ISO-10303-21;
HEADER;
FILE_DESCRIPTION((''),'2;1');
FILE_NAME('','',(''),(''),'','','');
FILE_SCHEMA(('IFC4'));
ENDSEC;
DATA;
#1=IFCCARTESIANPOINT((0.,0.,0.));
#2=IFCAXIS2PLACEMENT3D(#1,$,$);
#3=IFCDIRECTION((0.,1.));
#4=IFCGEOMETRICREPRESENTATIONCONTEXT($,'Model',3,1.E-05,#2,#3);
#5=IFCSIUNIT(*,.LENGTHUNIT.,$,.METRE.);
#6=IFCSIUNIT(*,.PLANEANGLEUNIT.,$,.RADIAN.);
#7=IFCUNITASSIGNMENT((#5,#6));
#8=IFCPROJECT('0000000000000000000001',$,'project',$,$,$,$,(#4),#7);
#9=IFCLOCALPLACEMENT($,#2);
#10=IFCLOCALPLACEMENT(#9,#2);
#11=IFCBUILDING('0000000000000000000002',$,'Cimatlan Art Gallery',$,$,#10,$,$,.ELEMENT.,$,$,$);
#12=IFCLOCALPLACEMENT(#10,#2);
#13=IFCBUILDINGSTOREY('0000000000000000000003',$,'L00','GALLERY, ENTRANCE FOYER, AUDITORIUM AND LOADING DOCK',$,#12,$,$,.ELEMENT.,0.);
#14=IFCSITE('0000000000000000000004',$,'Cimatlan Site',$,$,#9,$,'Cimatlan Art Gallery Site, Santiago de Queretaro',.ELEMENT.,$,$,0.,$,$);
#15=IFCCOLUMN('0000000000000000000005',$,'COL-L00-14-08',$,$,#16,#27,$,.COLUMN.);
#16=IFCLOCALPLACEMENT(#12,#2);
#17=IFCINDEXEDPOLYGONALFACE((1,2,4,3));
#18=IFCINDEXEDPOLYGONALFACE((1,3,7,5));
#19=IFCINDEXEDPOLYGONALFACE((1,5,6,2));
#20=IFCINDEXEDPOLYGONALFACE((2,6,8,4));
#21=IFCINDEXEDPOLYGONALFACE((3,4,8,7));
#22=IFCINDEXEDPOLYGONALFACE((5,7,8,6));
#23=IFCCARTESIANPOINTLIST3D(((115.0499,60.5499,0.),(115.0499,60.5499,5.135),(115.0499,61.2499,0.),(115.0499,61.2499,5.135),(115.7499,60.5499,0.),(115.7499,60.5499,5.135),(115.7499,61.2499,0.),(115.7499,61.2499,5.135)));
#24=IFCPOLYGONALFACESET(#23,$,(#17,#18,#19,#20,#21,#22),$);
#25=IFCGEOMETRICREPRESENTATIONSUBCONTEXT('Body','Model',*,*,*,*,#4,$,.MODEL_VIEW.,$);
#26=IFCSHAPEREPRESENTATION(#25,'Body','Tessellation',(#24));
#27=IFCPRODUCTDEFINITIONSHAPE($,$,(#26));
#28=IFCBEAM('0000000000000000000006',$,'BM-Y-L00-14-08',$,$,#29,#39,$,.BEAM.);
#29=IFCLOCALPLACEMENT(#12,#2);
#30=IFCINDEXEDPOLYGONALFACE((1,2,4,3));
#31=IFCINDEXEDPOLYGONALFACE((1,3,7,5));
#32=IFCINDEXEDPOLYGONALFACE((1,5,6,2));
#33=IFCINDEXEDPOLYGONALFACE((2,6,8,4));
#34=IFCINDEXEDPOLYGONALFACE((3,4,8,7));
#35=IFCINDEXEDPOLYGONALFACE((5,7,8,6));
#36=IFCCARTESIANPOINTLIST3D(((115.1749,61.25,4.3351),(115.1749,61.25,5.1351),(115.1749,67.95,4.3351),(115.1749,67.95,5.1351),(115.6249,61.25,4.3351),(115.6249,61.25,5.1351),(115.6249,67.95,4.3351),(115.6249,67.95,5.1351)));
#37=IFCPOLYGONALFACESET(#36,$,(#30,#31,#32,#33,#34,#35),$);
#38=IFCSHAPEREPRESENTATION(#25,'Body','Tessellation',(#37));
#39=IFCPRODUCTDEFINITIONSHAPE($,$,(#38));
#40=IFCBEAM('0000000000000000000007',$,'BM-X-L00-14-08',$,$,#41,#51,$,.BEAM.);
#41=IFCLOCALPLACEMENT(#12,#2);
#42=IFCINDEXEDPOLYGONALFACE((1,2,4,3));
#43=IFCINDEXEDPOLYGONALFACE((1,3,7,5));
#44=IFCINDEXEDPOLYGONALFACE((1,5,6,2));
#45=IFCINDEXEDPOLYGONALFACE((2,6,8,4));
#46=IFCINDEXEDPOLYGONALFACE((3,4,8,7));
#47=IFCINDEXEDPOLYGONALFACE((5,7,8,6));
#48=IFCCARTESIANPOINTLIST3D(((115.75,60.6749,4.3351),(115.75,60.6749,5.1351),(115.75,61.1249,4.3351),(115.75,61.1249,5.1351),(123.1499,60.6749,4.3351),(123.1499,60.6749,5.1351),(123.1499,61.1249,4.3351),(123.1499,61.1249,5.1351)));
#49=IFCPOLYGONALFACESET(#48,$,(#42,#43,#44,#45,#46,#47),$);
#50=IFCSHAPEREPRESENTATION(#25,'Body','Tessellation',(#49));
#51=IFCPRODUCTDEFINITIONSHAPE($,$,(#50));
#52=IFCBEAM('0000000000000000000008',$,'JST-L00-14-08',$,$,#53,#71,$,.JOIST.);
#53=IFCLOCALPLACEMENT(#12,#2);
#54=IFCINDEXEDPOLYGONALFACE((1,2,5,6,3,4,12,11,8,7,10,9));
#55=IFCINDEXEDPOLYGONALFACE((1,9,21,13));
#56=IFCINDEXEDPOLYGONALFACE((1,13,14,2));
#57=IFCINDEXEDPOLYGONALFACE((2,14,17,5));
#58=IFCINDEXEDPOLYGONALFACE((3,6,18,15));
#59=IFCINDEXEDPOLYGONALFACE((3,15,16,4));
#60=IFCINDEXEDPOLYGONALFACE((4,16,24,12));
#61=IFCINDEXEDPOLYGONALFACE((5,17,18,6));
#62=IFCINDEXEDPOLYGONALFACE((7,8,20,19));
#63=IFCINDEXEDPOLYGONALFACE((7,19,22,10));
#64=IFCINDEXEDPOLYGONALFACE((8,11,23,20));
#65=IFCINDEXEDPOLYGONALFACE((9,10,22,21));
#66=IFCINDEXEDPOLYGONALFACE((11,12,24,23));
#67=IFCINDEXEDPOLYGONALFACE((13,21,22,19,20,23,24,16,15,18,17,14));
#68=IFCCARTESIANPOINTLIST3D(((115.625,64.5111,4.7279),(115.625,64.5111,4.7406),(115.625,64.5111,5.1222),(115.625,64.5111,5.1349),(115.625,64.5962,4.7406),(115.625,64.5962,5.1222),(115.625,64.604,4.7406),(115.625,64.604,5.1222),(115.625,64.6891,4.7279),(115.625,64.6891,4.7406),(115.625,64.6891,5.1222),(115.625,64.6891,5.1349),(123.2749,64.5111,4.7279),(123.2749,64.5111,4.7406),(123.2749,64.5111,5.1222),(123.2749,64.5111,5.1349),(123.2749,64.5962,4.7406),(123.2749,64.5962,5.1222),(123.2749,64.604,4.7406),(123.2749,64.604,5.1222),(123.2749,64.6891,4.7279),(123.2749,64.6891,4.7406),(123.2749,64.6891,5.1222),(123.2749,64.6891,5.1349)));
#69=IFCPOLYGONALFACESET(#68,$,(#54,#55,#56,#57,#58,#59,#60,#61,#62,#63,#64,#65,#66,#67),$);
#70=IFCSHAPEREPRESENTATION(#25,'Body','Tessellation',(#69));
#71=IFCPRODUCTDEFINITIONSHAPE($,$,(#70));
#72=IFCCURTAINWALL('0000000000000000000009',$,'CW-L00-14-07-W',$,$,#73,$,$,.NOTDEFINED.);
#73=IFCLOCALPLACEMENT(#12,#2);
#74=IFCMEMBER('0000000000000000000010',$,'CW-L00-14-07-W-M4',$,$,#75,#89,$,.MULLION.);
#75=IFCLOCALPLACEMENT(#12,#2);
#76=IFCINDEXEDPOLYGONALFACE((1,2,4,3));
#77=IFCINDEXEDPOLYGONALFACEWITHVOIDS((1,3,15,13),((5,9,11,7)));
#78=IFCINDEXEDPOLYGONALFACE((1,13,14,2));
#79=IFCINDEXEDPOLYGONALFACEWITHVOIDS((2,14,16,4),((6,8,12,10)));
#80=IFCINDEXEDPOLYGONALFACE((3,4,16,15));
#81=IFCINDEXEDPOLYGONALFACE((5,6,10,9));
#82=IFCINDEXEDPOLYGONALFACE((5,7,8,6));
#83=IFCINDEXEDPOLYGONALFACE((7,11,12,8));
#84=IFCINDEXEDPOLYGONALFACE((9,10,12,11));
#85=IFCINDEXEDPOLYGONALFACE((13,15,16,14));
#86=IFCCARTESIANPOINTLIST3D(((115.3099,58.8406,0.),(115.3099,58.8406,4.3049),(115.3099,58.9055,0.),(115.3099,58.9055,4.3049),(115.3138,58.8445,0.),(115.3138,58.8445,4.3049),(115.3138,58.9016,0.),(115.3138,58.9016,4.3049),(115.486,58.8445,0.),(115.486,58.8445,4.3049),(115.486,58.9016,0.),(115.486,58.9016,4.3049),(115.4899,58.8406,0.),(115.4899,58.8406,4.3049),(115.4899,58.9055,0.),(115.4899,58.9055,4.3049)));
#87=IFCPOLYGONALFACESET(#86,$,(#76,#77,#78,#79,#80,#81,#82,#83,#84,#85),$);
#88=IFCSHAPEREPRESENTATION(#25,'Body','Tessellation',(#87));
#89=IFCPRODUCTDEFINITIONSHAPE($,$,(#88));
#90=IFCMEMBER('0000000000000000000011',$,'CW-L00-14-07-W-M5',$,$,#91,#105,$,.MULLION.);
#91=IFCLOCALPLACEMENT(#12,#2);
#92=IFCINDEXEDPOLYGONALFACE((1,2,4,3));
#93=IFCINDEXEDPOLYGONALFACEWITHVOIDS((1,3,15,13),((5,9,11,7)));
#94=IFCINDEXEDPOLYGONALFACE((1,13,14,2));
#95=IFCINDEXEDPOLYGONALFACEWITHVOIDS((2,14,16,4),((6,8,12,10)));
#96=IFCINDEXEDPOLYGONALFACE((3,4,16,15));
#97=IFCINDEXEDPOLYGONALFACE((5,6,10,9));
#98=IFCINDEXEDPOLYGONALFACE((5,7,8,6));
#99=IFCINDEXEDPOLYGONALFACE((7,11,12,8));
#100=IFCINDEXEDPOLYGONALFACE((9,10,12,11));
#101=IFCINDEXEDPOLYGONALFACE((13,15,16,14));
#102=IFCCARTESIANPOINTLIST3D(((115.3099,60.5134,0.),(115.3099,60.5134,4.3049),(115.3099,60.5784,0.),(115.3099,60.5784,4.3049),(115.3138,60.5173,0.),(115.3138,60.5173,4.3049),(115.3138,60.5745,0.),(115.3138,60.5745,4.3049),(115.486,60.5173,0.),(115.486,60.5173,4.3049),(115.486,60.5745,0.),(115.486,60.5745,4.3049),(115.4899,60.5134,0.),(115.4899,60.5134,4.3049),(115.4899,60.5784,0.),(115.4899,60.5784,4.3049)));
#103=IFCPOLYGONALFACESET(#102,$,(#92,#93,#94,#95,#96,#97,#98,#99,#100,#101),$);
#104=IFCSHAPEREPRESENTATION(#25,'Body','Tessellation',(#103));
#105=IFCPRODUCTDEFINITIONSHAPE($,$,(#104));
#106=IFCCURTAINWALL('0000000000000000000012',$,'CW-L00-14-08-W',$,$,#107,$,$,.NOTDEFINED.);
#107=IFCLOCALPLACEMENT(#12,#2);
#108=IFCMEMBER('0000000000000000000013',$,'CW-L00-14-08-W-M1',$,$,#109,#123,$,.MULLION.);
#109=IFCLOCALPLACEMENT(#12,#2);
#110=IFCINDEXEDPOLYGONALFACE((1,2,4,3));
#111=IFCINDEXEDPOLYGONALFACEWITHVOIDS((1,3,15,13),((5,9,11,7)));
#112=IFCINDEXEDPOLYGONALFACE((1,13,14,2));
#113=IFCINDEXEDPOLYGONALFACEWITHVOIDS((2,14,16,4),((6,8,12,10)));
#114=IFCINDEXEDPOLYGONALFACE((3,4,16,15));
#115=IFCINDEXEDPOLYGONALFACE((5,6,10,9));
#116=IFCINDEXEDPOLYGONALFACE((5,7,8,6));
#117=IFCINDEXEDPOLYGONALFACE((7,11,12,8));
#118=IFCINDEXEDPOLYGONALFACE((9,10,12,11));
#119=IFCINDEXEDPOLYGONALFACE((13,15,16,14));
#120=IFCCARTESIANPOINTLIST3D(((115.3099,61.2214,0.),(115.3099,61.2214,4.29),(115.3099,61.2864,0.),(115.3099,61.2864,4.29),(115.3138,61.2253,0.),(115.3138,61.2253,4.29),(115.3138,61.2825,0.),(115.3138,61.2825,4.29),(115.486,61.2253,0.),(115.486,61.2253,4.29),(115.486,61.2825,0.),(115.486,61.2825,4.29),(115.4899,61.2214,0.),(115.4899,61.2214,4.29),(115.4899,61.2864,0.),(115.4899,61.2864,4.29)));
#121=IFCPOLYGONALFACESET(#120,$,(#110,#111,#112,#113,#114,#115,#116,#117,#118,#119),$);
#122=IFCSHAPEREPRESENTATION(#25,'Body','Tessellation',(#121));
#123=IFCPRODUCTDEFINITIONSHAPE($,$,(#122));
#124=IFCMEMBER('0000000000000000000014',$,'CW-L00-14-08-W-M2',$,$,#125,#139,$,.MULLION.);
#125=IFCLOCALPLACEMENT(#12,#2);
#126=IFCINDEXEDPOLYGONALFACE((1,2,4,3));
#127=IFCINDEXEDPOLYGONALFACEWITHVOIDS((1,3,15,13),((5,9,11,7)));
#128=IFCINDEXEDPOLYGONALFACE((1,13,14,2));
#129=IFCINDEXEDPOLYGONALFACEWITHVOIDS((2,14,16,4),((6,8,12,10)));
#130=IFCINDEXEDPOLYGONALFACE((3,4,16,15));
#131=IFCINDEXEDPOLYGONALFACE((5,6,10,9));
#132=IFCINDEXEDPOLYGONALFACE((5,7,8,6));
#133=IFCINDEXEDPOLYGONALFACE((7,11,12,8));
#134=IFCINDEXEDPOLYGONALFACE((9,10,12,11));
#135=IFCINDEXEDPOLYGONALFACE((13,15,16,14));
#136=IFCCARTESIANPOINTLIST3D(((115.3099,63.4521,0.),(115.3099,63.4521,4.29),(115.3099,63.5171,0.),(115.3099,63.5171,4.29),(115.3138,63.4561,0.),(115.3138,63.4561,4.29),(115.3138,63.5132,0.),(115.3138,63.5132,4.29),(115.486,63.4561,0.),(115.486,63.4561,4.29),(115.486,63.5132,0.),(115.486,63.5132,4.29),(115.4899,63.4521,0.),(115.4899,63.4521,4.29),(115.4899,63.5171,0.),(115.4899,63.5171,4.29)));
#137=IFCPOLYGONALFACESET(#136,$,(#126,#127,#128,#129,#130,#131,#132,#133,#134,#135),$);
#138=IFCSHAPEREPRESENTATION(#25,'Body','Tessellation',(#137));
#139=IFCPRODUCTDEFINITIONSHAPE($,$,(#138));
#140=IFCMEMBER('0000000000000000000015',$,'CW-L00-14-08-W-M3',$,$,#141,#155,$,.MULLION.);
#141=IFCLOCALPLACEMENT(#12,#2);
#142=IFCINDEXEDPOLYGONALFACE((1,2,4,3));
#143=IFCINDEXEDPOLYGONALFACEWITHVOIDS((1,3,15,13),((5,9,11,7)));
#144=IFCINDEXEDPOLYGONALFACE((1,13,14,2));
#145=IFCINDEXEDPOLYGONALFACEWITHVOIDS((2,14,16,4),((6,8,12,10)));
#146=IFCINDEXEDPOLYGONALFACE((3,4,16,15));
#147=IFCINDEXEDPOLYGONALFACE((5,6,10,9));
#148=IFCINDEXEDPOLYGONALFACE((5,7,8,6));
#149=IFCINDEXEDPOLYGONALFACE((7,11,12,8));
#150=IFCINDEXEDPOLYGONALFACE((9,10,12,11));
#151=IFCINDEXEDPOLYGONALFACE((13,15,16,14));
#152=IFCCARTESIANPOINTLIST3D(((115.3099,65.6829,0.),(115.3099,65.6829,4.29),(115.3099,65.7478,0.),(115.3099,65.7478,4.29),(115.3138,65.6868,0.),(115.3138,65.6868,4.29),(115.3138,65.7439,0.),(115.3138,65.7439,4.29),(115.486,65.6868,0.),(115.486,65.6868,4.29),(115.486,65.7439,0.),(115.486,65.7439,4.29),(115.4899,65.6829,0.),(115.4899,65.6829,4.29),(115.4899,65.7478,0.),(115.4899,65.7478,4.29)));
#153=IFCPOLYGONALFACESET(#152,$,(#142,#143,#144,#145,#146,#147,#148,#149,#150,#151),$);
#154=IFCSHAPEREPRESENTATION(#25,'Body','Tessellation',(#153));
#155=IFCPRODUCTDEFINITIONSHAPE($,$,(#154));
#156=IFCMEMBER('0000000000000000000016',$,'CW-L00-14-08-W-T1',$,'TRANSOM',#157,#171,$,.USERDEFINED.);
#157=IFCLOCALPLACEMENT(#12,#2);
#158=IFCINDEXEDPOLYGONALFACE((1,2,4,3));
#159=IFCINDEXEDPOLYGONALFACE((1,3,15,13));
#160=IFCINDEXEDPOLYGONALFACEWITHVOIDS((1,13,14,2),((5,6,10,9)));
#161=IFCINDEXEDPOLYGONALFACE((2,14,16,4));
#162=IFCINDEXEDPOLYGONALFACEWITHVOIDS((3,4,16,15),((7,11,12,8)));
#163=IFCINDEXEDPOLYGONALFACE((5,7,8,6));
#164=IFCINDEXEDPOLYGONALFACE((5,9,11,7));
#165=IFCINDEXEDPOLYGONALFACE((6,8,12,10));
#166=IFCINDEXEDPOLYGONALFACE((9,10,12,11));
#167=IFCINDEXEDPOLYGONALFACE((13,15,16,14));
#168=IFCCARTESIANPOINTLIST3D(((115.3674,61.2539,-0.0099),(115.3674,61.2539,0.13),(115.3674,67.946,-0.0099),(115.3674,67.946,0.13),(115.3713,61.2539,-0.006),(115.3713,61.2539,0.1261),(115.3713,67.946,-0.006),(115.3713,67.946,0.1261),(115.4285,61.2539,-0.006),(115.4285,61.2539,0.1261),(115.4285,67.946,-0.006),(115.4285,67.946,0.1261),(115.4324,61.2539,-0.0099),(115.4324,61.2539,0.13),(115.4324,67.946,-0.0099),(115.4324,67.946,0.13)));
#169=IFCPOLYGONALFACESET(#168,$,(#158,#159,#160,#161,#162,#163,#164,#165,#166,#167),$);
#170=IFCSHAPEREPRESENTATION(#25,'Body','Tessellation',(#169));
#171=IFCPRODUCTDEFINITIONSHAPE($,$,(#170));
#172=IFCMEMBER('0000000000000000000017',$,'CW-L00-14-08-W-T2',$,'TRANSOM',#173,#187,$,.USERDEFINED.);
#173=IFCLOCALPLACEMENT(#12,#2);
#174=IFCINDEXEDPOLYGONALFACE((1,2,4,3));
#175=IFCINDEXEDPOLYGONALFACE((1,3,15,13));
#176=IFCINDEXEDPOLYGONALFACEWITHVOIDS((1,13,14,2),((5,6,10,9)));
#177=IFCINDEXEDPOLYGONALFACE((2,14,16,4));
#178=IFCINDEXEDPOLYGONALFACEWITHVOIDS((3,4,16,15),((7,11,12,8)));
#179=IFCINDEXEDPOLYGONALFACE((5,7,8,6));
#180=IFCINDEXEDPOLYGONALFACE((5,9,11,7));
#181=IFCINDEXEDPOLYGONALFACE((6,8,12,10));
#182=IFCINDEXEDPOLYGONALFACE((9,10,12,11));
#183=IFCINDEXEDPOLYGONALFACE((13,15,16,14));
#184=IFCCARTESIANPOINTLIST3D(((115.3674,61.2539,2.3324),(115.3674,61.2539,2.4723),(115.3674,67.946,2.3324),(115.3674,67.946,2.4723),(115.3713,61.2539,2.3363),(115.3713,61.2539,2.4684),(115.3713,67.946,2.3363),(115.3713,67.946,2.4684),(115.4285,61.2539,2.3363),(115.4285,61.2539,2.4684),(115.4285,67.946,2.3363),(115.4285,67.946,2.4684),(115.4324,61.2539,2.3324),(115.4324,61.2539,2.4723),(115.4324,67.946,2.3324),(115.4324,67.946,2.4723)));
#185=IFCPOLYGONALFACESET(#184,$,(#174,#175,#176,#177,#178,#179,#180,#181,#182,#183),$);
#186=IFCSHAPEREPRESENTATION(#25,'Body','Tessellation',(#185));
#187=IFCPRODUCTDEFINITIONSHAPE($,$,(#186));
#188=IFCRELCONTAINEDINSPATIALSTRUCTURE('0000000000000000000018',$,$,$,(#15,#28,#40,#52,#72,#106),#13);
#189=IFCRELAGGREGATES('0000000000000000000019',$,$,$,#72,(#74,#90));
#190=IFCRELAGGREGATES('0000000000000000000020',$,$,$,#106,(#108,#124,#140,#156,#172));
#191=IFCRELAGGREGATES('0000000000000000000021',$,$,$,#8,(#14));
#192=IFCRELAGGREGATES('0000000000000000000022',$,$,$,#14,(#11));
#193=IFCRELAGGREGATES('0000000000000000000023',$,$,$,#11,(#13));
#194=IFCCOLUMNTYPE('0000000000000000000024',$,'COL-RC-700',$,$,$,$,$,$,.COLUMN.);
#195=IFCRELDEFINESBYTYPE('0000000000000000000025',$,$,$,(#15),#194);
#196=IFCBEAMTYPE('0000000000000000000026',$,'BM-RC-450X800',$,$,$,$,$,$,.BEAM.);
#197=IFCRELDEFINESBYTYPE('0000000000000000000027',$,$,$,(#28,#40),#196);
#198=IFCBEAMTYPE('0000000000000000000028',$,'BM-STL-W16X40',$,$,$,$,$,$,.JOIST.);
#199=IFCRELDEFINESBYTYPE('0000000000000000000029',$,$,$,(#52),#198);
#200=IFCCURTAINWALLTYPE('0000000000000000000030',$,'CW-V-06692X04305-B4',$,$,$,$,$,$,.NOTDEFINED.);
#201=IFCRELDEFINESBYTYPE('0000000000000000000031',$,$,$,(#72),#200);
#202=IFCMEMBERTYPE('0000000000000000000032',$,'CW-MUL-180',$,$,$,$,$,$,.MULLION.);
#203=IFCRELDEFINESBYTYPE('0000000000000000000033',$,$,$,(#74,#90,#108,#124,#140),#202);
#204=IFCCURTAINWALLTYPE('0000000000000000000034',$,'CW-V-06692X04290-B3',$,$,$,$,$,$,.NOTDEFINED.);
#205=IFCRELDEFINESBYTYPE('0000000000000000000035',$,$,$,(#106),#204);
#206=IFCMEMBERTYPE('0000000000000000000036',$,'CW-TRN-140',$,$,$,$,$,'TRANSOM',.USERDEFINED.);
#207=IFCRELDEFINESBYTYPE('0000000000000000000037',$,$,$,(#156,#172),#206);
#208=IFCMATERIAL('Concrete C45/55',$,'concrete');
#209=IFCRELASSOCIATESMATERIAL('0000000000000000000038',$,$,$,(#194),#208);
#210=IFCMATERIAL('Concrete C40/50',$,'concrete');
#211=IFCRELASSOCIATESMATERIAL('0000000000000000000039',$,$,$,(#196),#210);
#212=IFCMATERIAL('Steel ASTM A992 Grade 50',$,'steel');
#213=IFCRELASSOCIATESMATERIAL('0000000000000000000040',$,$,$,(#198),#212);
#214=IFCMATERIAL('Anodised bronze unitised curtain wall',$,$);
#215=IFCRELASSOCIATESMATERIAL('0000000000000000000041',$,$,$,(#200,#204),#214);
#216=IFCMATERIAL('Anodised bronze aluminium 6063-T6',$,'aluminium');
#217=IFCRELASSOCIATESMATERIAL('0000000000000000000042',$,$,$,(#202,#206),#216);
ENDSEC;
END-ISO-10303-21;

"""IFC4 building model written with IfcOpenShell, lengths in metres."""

from ifc_helpers import new_model, si_unit, direction, frame, origin, origin_2d, place, context, subcontext, project, spatial, rectangle, hollow_rectangle, i_section, extrude, material, material_profile, profile_set, type_object, element, aggregate, save


model = new_model("IFC4")

# Units and contexts
model_context = context("Model", 3, precision=1e-05, world=origin(), true_north=direction((0.0, 1.0)))
body_context = subcontext(model_context, "Body", "Model", "MODEL_VIEW")
ifc_project = project(units=[si_unit("LENGTHUNIT", "METRE"), si_unit("PLANEANGLEUNIT", "RADIAN")], contexts=[model_context])

# Site, building, storey
site_placement = place(None, origin())
site = spatial("IfcSite", under=ifc_project, at=site_placement, Name="Cimatlan Site", LongName="Cimatlan Art Gallery Site, Santiago de Queretaro", CompositionType="ELEMENT", RefElevation=0.0)
building_placement = place(site_placement, origin())
building = spatial("IfcBuilding", under=site, at=building_placement, Name="Cimatlan Art Gallery", CompositionType="ELEMENT")
storey_placement = place(building_placement, origin())
storey = spatial("IfcBuildingStorey", under=building, at=storey_placement, Name="L00", Description="GALLERY, ENTRANCE FOYER, AUDITORIUM AND LOADING DOCK", CompositionType="ELEMENT", Elevation=0.0)

# Column
ifc_material_1 = material(Name="Concrete C45/55", Category="concrete")
ifc_material_profile_1 = material_profile(ifc_material_1, rectangle(XDim=0.7, YDim=0.7, at=origin_2d()), Name="RC700X700")
ifc_profile_set_1 = profile_set([ifc_material_profile_1], Name="Concrete C45/55")
column_type = type_object("IfcColumnType", Name="COL-RC-700", PredefinedType="COLUMN", material=ifc_profile_set_1)
column_placement = place(storey_placement, frame((115.3999, 60.8999, 0.0), z_axis=(0.0, 0.0, 1.0), x_axis=(1.0, 0.0, 0.0)))
element("IfcColumn", 1, at=column_placement, inside=storey, type_object=column_type, Name="COL-L00-14-08", PredefinedType="COLUMN", context=body_context, shape_type="SweptSolid", body=[
    extrude(rectangle(XDim=0.7, YDim=0.7, at=origin_2d()), origin(), (0.0, 0.0, 1.0), 5.135),
])

# Beams
ifc_material_2 = material(Name="Concrete C40/50", Category="concrete")
ifc_material_profile_2 = material_profile(ifc_material_2, rectangle(XDim=0.45, YDim=0.8, at=origin_2d()), Name="RC450X800")
ifc_profile_set_2 = profile_set([ifc_material_profile_2], Name="Concrete C40/50")
beam_type_1 = type_object("IfcBeamType", Name="BM-RC-450X800", PredefinedType="BEAM", material=ifc_profile_set_2)
beam_1_placement = place(storey_placement, frame((115.3999, 61.25, 4.7351), z_axis=(0.0, 1.0, 0.0), x_axis=(-1.0, 0.0, 0.0)))
element("IfcBeam", 2, at=beam_1_placement, inside=storey, type_object=beam_type_1, Name="BM-Y-L00-14-08", PredefinedType="BEAM", context=body_context, shape_type="SweptSolid", body=[
    extrude(rectangle(XDim=0.45, YDim=0.8, at=origin_2d()), origin(), (0.0, 0.0, 1.0), 6.7),
])
beam_2_placement = place(storey_placement, frame((115.75, 60.8999, 4.7351), z_axis=(1.0, 0.0, 0.0), x_axis=(0.0, 1.0, 0.0)))
element("IfcBeam", 3, at=beam_2_placement, inside=storey, type_object=beam_type_1, Name="BM-X-L00-14-08", PredefinedType="BEAM", context=body_context, shape_type="SweptSolid", body=[
    extrude(rectangle(XDim=0.45, YDim=0.8, at=origin_2d()), origin(), (0.0, 0.0, 1.0), 7.3999),
])
ifc_material_3 = material(Name="Steel ASTM A992 Grade 50", Category="steel")
ifc_material_profile_3 = material_profile(ifc_material_3, i_section(OverallWidth=0.178, OverallDepth=0.407, WebThickness=0.0078, FlangeThickness=0.0127, at=origin_2d()), Name="W16X40")
ifc_profile_set_3 = profile_set([ifc_material_profile_3], Name="Steel ASTM A992 Grade 50")
beam_type_2 = type_object("IfcBeamType", Name="BM-STL-W16X40", PredefinedType="JOIST", material=ifc_profile_set_3)
beam_3_placement = place(storey_placement, frame((115.625, 64.6001, 4.9314), z_axis=(1.0, 0.0, 0.0), x_axis=(0.0, 1.0, 0.0)))
element("IfcBeam", 4, at=beam_3_placement, inside=storey, type_object=beam_type_2, Name="JST-L00-14-08", PredefinedType="JOIST", context=body_context, shape_type="SweptSolid", body=[
    extrude(i_section(OverallWidth=0.178, OverallDepth=0.407, WebThickness=0.0078, FlangeThickness=0.0127, at=origin_2d()), origin(), (0.0, 0.0, 1.0), 7.6499),
])

# Curtain walls, members
ifc_material_4 = material(Name="Anodised bronze unitised curtain wall")
curtain_wall_type_1 = type_object("IfcCurtainWallType", Name="CW-V-06692X04305-B4", PredefinedType="NOTDEFINED", material=ifc_material_4)
curtain_wall_1_placement = place(storey_placement, origin())
curtain_wall_1 = element("IfcCurtainWall", 5, at=curtain_wall_1_placement, inside=storey, type_object=curtain_wall_type_1, Name="CW-L00-14-07-W", PredefinedType="NOTDEFINED")
ifc_material_5 = material(Name="Anodised bronze aluminium 6063-T6", Category="aluminium")
ifc_material_profile_4 = material_profile(ifc_material_5, hollow_rectangle(XDim=0.0649, YDim=0.1799, WallThickness=0.0039, at=origin_2d()), Name="ALU65X180X4")
ifc_profile_set_4 = profile_set([ifc_material_profile_4], Name="Anodised bronze aluminium 6063-T6")
member_type_1 = type_object("IfcMemberType", Name="CW-MUL-180", PredefinedType="MULLION", material=ifc_profile_set_4)
member_1_placement = place(storey_placement, frame((115.3999, 58.873, 0.0), z_axis=(0.0, 0.0, 1.0), x_axis=(0.0, 1.0, 0.0)))
member_1 = element("IfcMember", 6, at=member_1_placement, type_object=member_type_1, Name="CW-L00-14-07-W-M4", PredefinedType="MULLION", context=body_context, shape_type="SweptSolid", body=[
    extrude(hollow_rectangle(XDim=0.0649, YDim=0.1799, WallThickness=0.0039, at=origin_2d()), origin(), (0.0, 0.0, 1.0), 4.3049),
])
member_2_placement = place(storey_placement, frame((115.3999, 60.5459, 0.0), z_axis=(0.0, 0.0, 1.0), x_axis=(0.0, 1.0, 0.0)))
member_2 = element("IfcMember", 7, at=member_2_placement, type_object=member_type_1, Name="CW-L00-14-07-W-M5", PredefinedType="MULLION", context=body_context, shape_type="SweptSolid", body=[
    extrude(hollow_rectangle(XDim=0.0649, YDim=0.1799, WallThickness=0.0039, at=origin_2d()), origin(), (0.0, 0.0, 1.0), 4.3049),
])
curtain_wall_type_2 = type_object("IfcCurtainWallType", Name="CW-V-06692X04290-B3", PredefinedType="NOTDEFINED", material=ifc_material_4)
curtain_wall_2_placement = place(storey_placement, origin())
curtain_wall_2 = element("IfcCurtainWall", 8, at=curtain_wall_2_placement, inside=storey, type_object=curtain_wall_type_2, Name="CW-L00-14-08-W", PredefinedType="NOTDEFINED")
member_3_placement = place(storey_placement, frame((115.3999, 61.2539, 0.0), z_axis=(0.0, 0.0, 1.0), x_axis=(0.0, 1.0, 0.0)))
member_3 = element("IfcMember", 9, at=member_3_placement, type_object=member_type_1, Name="CW-L00-14-08-W-M1", PredefinedType="MULLION", context=body_context, shape_type="SweptSolid", body=[
    extrude(hollow_rectangle(XDim=0.0649, YDim=0.1799, WallThickness=0.0039, at=origin_2d()), origin(), (0.0, 0.0, 1.0), 4.29),
])
member_4_placement = place(storey_placement, frame((115.3999, 63.4846, 0.0), z_axis=(0.0, 0.0, 1.0), x_axis=(0.0, 1.0, 0.0)))
member_4 = element("IfcMember", 10, at=member_4_placement, type_object=member_type_1, Name="CW-L00-14-08-W-M2", PredefinedType="MULLION", context=body_context, shape_type="SweptSolid", body=[
    extrude(hollow_rectangle(XDim=0.0649, YDim=0.1799, WallThickness=0.0039, at=origin_2d()), origin(), (0.0, 0.0, 1.0), 4.29),
])
member_5_placement = place(storey_placement, frame((115.3999, 65.7153, 0.0), z_axis=(0.0, 0.0, 1.0), x_axis=(0.0, 1.0, 0.0)))
member_5 = element("IfcMember", 11, at=member_5_placement, type_object=member_type_1, Name="CW-L00-14-08-W-M3", PredefinedType="MULLION", context=body_context, shape_type="SweptSolid", body=[
    extrude(hollow_rectangle(XDim=0.0649, YDim=0.1799, WallThickness=0.0039, at=origin_2d()), origin(), (0.0, 0.0, 1.0), 4.29),
])
ifc_material_profile_5 = material_profile(ifc_material_5, hollow_rectangle(XDim=0.0649, YDim=0.1399, WallThickness=0.0039, at=origin_2d()), Name="ALU65X140X4")
ifc_profile_set_5 = profile_set([ifc_material_profile_5], Name="Anodised bronze aluminium 6063-T6")
member_type_2 = type_object("IfcMemberType", Name="CW-TRN-140", ElementType="TRANSOM", PredefinedType="USERDEFINED", material=ifc_profile_set_5)
member_6_placement = place(storey_placement, frame((115.3999, 61.2539, 0.0601), z_axis=(0.0, 1.0, 0.0), x_axis=(-1.0, 0.0, 0.0)))
member_6 = element("IfcMember", 12, at=member_6_placement, type_object=member_type_2, Name="CW-L00-14-08-W-T1", ObjectType="TRANSOM", PredefinedType="USERDEFINED", context=body_context, shape_type="SweptSolid", body=[
    extrude(hollow_rectangle(XDim=0.0649, YDim=0.1399, WallThickness=0.0039, at=origin_2d()), origin(), (0.0, 0.0, 1.0), 6.6921),
])
member_7_placement = place(storey_placement, frame((115.3999, 61.2539, 2.4023), z_axis=(0.0, 1.0, 0.0), x_axis=(-1.0, 0.0, 0.0)))
member_7 = element("IfcMember", 13, at=member_7_placement, type_object=member_type_2, Name="CW-L00-14-08-W-T2", ObjectType="TRANSOM", PredefinedType="USERDEFINED", context=body_context, shape_type="SweptSolid", body=[
    extrude(hollow_rectangle(XDim=0.0649, YDim=0.1399, WallThickness=0.0039, at=origin_2d()), origin(), (0.0, 0.0, 1.0), 6.6921),
])

aggregate(curtain_wall_1, [member_1, member_2])
aggregate(curtain_wall_2, [member_3, member_4, member_5, member_6, member_7])

save(model, "model.ifc")
